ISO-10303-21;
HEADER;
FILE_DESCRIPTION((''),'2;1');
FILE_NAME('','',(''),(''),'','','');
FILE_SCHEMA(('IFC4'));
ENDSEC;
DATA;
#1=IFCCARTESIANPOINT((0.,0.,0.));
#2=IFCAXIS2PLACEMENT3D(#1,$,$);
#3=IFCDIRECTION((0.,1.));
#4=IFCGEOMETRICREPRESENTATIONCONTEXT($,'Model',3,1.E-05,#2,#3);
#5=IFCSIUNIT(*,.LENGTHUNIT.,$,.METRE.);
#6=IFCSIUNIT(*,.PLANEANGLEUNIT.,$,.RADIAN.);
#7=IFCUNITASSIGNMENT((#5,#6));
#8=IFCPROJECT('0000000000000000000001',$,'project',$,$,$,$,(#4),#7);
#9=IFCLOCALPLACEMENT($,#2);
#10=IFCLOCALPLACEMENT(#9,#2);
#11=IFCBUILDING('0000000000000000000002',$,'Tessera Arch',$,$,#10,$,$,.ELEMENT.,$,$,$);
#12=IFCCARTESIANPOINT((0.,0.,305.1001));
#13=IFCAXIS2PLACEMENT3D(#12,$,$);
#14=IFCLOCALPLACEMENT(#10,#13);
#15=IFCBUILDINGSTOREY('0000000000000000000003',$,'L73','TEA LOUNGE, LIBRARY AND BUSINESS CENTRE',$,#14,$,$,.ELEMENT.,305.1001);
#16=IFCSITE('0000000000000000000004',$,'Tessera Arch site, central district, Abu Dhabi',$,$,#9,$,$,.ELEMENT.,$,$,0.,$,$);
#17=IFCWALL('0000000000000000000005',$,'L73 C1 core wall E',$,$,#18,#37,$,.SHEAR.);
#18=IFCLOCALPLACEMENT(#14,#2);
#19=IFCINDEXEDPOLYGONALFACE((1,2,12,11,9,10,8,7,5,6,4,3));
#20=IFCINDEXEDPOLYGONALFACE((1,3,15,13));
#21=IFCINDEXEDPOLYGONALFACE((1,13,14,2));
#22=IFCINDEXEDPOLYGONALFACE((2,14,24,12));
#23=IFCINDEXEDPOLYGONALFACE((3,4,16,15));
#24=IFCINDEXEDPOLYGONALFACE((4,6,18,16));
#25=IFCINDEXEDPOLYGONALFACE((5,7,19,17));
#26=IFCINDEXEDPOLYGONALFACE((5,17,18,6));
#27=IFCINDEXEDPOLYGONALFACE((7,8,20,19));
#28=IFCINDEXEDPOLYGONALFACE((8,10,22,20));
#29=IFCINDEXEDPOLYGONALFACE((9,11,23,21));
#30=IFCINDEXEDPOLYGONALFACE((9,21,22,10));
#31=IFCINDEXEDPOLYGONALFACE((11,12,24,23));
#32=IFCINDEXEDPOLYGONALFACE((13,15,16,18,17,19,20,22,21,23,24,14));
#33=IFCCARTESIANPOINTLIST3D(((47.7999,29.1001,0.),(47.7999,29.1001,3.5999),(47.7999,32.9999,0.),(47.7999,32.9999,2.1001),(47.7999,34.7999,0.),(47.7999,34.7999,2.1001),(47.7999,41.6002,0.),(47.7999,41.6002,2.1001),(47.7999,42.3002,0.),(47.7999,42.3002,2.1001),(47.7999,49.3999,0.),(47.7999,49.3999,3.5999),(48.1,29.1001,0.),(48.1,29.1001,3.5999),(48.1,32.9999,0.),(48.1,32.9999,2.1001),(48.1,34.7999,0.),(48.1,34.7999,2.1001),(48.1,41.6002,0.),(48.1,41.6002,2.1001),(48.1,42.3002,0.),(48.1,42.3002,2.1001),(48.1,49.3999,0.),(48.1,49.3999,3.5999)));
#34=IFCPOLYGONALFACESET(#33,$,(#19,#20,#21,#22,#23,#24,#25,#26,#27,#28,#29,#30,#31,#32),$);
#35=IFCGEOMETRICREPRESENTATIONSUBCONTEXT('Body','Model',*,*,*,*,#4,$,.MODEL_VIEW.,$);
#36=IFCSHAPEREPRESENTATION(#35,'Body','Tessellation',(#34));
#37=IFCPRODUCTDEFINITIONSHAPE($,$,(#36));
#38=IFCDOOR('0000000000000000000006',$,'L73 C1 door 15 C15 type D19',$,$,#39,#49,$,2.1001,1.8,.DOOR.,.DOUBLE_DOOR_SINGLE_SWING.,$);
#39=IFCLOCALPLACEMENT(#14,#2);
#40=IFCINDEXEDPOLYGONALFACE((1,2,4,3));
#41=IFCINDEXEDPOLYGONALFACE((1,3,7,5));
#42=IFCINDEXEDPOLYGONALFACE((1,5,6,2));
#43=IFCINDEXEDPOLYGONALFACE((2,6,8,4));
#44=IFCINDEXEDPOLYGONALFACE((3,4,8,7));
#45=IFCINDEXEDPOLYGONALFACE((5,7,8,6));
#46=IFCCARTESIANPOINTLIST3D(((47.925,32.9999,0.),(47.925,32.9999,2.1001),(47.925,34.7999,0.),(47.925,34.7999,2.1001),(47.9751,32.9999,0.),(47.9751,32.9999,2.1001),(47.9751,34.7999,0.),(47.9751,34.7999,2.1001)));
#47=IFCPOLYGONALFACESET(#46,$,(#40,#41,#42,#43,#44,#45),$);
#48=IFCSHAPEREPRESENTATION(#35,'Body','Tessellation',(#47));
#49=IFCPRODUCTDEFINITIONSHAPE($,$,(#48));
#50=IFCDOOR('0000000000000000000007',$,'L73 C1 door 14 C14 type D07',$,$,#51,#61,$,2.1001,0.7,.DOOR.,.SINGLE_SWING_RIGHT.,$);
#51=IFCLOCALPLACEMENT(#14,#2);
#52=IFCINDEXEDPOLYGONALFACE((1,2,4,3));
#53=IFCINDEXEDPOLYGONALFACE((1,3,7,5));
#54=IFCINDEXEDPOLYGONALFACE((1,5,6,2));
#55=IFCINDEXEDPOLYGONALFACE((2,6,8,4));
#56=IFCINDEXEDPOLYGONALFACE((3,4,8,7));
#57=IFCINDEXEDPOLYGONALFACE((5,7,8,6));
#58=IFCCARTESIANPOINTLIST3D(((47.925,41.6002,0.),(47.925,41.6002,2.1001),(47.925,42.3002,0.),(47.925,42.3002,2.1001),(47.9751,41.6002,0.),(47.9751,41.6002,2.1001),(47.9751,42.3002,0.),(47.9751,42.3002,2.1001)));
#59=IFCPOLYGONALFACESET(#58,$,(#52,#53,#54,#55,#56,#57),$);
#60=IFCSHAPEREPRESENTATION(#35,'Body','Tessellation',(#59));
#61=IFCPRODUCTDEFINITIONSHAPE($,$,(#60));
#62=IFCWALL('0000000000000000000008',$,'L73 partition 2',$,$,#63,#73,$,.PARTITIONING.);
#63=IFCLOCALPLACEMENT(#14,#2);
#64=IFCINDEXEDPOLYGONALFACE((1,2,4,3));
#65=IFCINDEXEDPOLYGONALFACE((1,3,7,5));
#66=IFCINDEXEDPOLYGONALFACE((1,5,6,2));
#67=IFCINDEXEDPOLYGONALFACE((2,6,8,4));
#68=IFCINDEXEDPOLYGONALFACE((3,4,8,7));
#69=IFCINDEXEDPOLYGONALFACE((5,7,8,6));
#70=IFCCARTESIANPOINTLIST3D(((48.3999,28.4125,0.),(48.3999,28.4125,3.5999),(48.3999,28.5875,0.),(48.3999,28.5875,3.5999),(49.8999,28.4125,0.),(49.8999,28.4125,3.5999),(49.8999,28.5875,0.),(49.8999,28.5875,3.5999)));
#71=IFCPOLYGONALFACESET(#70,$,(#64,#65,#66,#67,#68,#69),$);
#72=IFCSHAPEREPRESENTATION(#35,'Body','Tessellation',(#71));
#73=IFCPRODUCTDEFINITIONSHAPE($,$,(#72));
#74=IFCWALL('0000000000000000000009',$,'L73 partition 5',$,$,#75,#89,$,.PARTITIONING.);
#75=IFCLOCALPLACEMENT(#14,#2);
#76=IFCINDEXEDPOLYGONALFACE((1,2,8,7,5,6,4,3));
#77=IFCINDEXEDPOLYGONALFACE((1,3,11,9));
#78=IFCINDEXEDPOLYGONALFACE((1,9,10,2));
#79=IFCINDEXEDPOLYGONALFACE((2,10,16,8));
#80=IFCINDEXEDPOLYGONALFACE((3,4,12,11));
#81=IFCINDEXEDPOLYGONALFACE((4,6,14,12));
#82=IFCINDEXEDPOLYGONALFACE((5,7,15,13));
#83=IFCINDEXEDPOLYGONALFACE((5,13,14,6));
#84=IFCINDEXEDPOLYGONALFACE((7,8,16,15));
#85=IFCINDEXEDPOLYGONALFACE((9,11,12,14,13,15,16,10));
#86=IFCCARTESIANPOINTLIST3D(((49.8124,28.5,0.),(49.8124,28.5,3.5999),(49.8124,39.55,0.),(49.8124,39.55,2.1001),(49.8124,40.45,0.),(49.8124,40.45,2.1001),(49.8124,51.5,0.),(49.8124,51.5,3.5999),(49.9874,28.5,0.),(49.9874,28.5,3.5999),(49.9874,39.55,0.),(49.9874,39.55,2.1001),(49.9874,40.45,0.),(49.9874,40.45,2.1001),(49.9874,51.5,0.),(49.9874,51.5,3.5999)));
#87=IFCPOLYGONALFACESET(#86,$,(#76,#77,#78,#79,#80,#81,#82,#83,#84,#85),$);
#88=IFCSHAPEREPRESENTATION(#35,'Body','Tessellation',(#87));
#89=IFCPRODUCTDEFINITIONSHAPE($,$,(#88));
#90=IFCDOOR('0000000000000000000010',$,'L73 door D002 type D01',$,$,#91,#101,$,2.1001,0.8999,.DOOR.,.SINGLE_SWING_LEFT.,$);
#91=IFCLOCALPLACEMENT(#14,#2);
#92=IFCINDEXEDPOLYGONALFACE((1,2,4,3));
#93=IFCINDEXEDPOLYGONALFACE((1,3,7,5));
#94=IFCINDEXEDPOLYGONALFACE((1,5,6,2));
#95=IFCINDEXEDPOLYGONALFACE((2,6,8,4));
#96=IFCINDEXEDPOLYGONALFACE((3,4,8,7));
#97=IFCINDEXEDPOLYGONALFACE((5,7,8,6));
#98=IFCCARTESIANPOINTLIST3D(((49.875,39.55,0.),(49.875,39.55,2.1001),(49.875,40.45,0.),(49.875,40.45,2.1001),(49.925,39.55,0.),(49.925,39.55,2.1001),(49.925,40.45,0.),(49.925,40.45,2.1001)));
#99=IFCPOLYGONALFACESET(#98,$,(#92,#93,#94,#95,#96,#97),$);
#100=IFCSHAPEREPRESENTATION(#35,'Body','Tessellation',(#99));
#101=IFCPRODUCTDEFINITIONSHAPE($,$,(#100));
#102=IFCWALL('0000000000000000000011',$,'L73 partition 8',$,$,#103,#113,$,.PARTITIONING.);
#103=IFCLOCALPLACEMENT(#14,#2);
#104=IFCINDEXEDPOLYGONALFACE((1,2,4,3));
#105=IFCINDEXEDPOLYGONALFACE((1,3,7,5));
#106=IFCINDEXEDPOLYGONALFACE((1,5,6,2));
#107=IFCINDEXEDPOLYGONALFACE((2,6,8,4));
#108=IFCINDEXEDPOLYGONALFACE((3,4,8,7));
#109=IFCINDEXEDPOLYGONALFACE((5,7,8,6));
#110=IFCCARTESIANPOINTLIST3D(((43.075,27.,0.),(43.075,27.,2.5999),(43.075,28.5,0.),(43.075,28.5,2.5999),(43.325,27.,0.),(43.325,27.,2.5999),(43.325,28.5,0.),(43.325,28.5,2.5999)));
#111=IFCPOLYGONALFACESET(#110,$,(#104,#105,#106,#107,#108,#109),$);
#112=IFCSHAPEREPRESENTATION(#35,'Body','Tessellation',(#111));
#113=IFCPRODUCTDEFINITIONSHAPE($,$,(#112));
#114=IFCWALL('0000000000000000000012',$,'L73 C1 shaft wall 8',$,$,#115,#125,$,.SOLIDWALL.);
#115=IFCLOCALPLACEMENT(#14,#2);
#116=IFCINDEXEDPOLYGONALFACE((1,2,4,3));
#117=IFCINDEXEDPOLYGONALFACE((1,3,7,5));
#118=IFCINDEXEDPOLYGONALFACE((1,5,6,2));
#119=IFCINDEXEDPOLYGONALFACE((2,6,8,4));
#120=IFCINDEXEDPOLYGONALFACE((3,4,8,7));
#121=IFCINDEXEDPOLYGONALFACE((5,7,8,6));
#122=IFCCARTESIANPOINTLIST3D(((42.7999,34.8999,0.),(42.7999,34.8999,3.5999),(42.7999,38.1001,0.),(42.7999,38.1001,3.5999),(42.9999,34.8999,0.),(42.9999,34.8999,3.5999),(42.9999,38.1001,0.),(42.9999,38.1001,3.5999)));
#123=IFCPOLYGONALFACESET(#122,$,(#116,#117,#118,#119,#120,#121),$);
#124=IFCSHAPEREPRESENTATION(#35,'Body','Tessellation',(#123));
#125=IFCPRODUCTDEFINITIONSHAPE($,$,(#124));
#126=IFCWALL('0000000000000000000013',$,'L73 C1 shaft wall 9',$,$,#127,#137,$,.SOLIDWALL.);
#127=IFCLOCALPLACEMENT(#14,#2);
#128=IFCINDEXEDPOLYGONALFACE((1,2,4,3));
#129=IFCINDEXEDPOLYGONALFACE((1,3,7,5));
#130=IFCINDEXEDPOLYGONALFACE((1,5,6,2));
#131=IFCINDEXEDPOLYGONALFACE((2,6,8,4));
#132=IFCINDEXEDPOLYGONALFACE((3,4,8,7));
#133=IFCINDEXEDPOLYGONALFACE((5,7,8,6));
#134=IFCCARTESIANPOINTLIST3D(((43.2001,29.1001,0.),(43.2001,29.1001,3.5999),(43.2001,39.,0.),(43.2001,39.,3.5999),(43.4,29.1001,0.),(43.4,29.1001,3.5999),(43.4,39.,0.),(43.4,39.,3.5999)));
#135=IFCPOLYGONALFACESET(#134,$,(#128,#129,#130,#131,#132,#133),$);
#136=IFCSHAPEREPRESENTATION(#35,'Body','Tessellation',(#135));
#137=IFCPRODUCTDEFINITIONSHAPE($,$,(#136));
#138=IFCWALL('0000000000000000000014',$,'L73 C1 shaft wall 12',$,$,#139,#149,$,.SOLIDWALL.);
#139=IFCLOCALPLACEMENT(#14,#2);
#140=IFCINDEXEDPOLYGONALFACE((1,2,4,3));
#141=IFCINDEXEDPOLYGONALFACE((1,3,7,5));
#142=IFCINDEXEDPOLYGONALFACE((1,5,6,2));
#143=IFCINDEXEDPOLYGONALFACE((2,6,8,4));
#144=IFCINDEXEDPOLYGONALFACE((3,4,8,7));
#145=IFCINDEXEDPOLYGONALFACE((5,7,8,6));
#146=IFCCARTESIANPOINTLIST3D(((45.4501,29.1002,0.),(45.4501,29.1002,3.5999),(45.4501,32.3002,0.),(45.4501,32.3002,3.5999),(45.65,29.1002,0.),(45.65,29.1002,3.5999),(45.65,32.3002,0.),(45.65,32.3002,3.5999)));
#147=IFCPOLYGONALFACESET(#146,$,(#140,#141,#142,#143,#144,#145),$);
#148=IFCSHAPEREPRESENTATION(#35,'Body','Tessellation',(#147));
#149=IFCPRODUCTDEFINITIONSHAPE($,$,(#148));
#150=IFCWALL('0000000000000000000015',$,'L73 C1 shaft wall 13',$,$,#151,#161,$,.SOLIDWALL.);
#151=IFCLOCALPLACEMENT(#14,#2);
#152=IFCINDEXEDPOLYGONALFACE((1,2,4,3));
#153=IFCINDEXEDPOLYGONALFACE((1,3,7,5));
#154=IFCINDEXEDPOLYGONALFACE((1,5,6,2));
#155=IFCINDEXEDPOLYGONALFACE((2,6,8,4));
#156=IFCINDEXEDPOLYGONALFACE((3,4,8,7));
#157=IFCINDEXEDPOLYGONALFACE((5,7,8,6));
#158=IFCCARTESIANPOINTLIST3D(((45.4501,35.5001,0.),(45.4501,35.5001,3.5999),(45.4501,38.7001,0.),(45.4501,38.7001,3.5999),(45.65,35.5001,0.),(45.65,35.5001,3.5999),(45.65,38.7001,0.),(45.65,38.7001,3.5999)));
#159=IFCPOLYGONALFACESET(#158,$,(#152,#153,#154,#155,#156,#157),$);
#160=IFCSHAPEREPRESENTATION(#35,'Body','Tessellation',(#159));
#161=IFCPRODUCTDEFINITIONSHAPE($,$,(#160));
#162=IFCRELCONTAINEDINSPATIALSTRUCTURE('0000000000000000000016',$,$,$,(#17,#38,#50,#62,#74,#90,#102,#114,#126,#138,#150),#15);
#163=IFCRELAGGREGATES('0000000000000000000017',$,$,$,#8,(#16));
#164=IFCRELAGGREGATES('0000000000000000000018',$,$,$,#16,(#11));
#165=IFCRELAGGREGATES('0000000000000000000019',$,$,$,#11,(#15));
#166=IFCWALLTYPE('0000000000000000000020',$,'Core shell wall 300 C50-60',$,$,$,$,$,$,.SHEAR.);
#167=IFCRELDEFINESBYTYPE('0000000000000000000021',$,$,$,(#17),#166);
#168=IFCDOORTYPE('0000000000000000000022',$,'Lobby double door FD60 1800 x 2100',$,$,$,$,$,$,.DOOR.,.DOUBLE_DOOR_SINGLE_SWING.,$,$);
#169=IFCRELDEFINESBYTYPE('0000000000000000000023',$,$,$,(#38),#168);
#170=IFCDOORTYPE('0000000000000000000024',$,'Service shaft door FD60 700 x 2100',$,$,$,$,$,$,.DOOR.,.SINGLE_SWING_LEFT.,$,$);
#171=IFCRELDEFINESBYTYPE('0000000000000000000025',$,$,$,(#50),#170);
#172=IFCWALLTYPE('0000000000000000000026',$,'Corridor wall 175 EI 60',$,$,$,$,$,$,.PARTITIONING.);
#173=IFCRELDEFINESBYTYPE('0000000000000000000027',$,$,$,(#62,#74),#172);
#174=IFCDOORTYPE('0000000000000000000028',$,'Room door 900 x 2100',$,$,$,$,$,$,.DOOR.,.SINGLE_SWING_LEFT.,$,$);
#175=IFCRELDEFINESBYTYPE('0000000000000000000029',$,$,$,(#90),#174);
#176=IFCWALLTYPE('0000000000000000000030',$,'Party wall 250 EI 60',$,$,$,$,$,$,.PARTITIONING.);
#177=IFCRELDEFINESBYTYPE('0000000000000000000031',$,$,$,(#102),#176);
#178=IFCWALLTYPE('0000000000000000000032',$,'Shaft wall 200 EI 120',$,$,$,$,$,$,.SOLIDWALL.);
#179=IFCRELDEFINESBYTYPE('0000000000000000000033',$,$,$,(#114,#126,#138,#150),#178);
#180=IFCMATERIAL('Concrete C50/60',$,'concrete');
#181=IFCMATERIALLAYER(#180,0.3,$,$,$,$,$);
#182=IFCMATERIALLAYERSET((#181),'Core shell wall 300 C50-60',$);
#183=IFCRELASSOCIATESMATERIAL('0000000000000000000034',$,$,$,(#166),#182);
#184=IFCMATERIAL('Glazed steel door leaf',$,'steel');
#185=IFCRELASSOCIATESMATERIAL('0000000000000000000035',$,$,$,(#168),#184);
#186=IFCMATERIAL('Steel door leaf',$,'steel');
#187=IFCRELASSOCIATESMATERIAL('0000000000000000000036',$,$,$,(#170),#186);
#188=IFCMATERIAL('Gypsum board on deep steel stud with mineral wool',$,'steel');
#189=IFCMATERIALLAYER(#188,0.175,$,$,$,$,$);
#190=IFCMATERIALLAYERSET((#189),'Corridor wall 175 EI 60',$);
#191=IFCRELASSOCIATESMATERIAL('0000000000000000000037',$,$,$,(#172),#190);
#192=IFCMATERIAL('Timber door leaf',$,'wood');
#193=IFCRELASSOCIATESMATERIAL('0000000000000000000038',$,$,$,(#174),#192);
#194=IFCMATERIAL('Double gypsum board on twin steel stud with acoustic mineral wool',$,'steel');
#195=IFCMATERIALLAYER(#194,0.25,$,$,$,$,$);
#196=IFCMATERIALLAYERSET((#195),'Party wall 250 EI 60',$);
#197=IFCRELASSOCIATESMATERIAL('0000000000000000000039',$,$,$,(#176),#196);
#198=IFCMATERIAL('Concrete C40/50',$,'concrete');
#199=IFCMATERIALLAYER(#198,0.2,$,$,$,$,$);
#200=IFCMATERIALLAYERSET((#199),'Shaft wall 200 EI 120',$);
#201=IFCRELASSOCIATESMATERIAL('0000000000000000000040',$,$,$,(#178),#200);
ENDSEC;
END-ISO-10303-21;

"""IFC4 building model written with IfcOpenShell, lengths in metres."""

from ifc_helpers import new_model, si_unit, direction, frame, frame_2d, origin, place, context, subcontext, project, spatial, rectangle, extrude, material, layer, layer_set, type_object, element, fill, save


model = new_model("IFC4")

# Units and contexts
model_context = context("Model", 3, precision=1e-05, world=origin(), true_north=direction((0.0, 1.0)))
body_context = subcontext(model_context, "Body", "Model", "MODEL_VIEW")
ifc_project = project(units=[si_unit("LENGTHUNIT", "METRE"), si_unit("PLANEANGLEUNIT", "RADIAN")], contexts=[model_context])

# Site, building, storey
site_placement = place(None, origin())
site = spatial("IfcSite", under=ifc_project, at=site_placement, Name="Tessera Arch site, central district, Abu Dhabi", CompositionType="ELEMENT", RefElevation=0.0)
building_placement = place(site_placement, origin())
building = spatial("IfcBuilding", under=site, at=building_placement, Name="Tessera Arch", CompositionType="ELEMENT")
storey_placement = place(building_placement, frame((0.0, 0.0, 305.1001)))
storey = spatial("IfcBuildingStorey", under=building, at=storey_placement, Name="L73", Description="TEA LOUNGE, LIBRARY AND BUSINESS CENTRE", CompositionType="ELEMENT", Elevation=305.1001)

# Wall, openings, doors
ifc_material_1 = material(Name="Concrete C50/60", Category="concrete")
ifc_layer_1 = layer(ifc_material_1, 0.3)
ifc_layer_set_1 = layer_set([ifc_layer_1], Name="Core shell wall 300 C50-60")
wall_type_1 = type_object("IfcWallType", Name="Core shell wall 300 C50-60", PredefinedType="SHEAR", material=ifc_layer_set_1)
wall_1_placement = place(storey_placement, frame((47.95, 29.1001, 0.0), z_axis=(0.0, 0.0, 1.0), x_axis=(0.0, 1.0, 0.0)))
wall_1 = element("IfcWall", 1, at=wall_1_placement, inside=storey, type_object=wall_type_1, Name="L73 C1 core wall E", PredefinedType="SHEAR", context=body_context, shape_type="SweptSolid", body=[
    extrude(rectangle(XDim=20.2998, YDim=0.3, at=frame_2d((10.1499, 0.0))), origin(), (0.0, 0.0, 1.0), 3.5999),
])
opening_1_placement = place(wall_1_placement, frame((12.5, 0.0, 0.0)))
opening_1 = element("IfcOpeningElement", 2, at=opening_1_placement, cuts=wall_1, PredefinedType="OPENING", context=body_context, shape_type="SweptSolid", body=[
    extrude(rectangle(XDim=0.7, YDim=2.1001, at=frame_2d((0.3501, 1.05))), frame((0.0, 0.1599, 0.0), z_axis=(0.0, -1.0, 0.0), x_axis=(1.0, 0.0, 0.0)), (0.0, 0.0, 1.0), 0.3201),
])
opening_2_placement = place(wall_1_placement, frame((3.8999, 0.0, 0.0)))
opening_2 = element("IfcOpeningElement", 3, at=opening_2_placement, cuts=wall_1, PredefinedType="OPENING", context=body_context, shape_type="SweptSolid", body=[
    extrude(rectangle(XDim=1.8, YDim=2.1001, at=frame_2d((0.8999, 1.05))), frame((0.0, 0.1599, 0.0), z_axis=(0.0, -1.0, 0.0), x_axis=(1.0, 0.0, 0.0)), (0.0, 0.0, 1.0), 0.3201),
])
ifc_material_2 = material(Name="Glazed steel door leaf", Category="steel")
door_type_1 = type_object("IfcDoorType", Name="Lobby double door FD60 1800 x 2100", OperationType="DOUBLE_DOOR_SINGLE_SWING", PredefinedType="DOOR", material=ifc_material_2)
door_1_placement = place(opening_2_placement, origin())
door_1 = element("IfcDoor", 4, at=door_1_placement, inside=storey, type_object=door_type_1, Name="L73 C1 door 15 C15 type D19", OperationType="DOUBLE_DOOR_SINGLE_SWING", OverallHeight=2.1001, OverallWidth=1.8, PredefinedType="DOOR", context=body_context, shape_type="SweptSolid", body=[
    extrude(rectangle(XDim=1.8, YDim=2.1001, at=frame_2d((0.8999, 1.05))), frame((0.0, 0.0249, 0.0), z_axis=(0.0, -1.0, 0.0), x_axis=(1.0, 0.0, 0.0)), (0.0, 0.0, 1.0), 0.05),
])
fill(opening_2, door_1)
ifc_material_3 = material(Name="Steel door leaf", Category="steel")
door_type_2 = type_object("IfcDoorType", Name="Service shaft door FD60 700 x 2100", OperationType="SINGLE_SWING_LEFT", PredefinedType="DOOR", material=ifc_material_3)
door_2_placement = place(opening_1_placement, origin())
door_2 = element("IfcDoor", 5, at=door_2_placement, inside=storey, type_object=door_type_2, Name="L73 C1 door 14 C14 type D07", OperationType="SINGLE_SWING_RIGHT", OverallHeight=2.1001, OverallWidth=0.7, PredefinedType="DOOR", context=body_context, shape_type="SweptSolid", body=[
    extrude(rectangle(XDim=0.7, YDim=2.1001, at=frame_2d((0.3501, 1.05))), frame((0.0, 0.0249, 0.0), z_axis=(0.0, -1.0, 0.0), x_axis=(1.0, 0.0, 0.0)), (0.0, 0.0, 1.0), 0.05),
])
fill(opening_1, door_2)

# Wall
ifc_material_4 = material(Name="Gypsum board on deep steel stud with mineral wool", Category="steel")
ifc_layer_2 = layer(ifc_material_4, 0.175)
ifc_layer_set_2 = layer_set([ifc_layer_2], Name="Corridor wall 175 EI 60")
wall_type_2 = type_object("IfcWallType", Name="Corridor wall 175 EI 60", PredefinedType="PARTITIONING", material=ifc_layer_set_2)
wall_2_placement = place(storey_placement, frame((48.3999, 28.5, 0.0), z_axis=(0.0, 0.0, 1.0), x_axis=(1.0, 0.0, 0.0)))
element("IfcWall", 6, at=wall_2_placement, inside=storey, type_object=wall_type_2, Name="L73 partition 2", PredefinedType="PARTITIONING", context=body_context, shape_type="SweptSolid", body=[
    extrude(rectangle(XDim=1.5, YDim=0.175, at=frame_2d((0.75, 0.0))), origin(), (0.0, 0.0, 1.0), 3.5999),
])

# Wall, opening, door
wall_3_placement = place(storey_placement, frame((49.8999, 28.5, 0.0), z_axis=(0.0, 0.0, 1.0), x_axis=(0.0, 1.0, 0.0)))
wall_3 = element("IfcWall", 7, at=wall_3_placement, inside=storey, type_object=wall_type_2, Name="L73 partition 5", PredefinedType="PARTITIONING", context=body_context, shape_type="SweptSolid", body=[
    extrude(rectangle(XDim=23.0, YDim=0.175, at=frame_2d((11.5, 0.0))), origin(), (0.0, 0.0, 1.0), 3.5999),
])
opening_3_placement = place(wall_3_placement, frame((11.05, 0.0, 0.0)))
opening_3 = element("IfcOpeningElement", 8, at=opening_3_placement, cuts=wall_3, PredefinedType="OPENING", context=body_context, shape_type="SweptSolid", body=[
    extrude(rectangle(XDim=0.8999, YDim=2.1001, at=frame_2d((0.45, 1.05))), frame((0.0, 0.0974, 0.0), z_axis=(0.0, -1.0, 0.0), x_axis=(1.0, 0.0, 0.0)), (0.0, 0.0, 1.0), 0.1951),
])
ifc_material_5 = material(Name="Timber door leaf", Category="wood")
door_type_3 = type_object("IfcDoorType", Name="Room door 900 x 2100", OperationType="SINGLE_SWING_LEFT", PredefinedType="DOOR", material=ifc_material_5)
door_3_placement = place(opening_3_placement, origin())
door_3 = element("IfcDoor", 9, at=door_3_placement, inside=storey, type_object=door_type_3, Name="L73 door D002 type D01", OperationType="SINGLE_SWING_LEFT", OverallHeight=2.1001, OverallWidth=0.8999, PredefinedType="DOOR", context=body_context, shape_type="SweptSolid", body=[
    extrude(rectangle(XDim=0.8999, YDim=2.1001, at=frame_2d((0.45, 1.05))), frame((0.0, 0.0249, 0.0), z_axis=(0.0, -1.0, 0.0), x_axis=(1.0, 0.0, 0.0)), (0.0, 0.0, 1.0), 0.05),
])
fill(opening_3, door_3)

# Walls
ifc_material_6 = material(Name="Double gypsum board on twin steel stud with acoustic mineral wool", Category="steel")
ifc_layer_3 = layer(ifc_material_6, 0.25)
ifc_layer_set_3 = layer_set([ifc_layer_3], Name="Party wall 250 EI 60")
wall_type_3 = type_object("IfcWallType", Name="Party wall 250 EI 60", PredefinedType="PARTITIONING", material=ifc_layer_set_3)
wall_4_placement = place(storey_placement, frame((43.2, 27.0, 0.0), z_axis=(0.0, 0.0, 1.0), x_axis=(0.0, 1.0, 0.0)))
element("IfcWall", 10, at=wall_4_placement, inside=storey, type_object=wall_type_3, Name="L73 partition 8", PredefinedType="PARTITIONING", context=body_context, shape_type="SweptSolid", body=[
    extrude(rectangle(XDim=1.5, YDim=0.25, at=frame_2d((0.75, 0.0))), origin(), (0.0, 0.0, 1.0), 2.5999),
])
ifc_material_7 = material(Name="Concrete C40/50", Category="concrete")
ifc_layer_4 = layer(ifc_material_7, 0.2)
ifc_layer_set_4 = layer_set([ifc_layer_4], Name="Shaft wall 200 EI 120")
wall_type_4 = type_object("IfcWallType", Name="Shaft wall 200 EI 120", PredefinedType="SOLIDWALL", material=ifc_layer_set_4)
wall_5_placement = place(storey_placement, frame((42.8999, 34.8999, 0.0), z_axis=(0.0, 0.0, 1.0), x_axis=(0.0, 1.0, 0.0)))
element("IfcWall", 11, at=wall_5_placement, inside=storey, type_object=wall_type_4, Name="L73 C1 shaft wall 8", PredefinedType="SOLIDWALL", context=body_context, shape_type="SweptSolid", body=[
    extrude(rectangle(XDim=3.2002, YDim=0.2, at=frame_2d((1.6001, 0.0))), origin(), (0.0, 0.0, 1.0), 3.5999),
])
wall_6_placement = place(storey_placement, frame((43.3, 29.1001, 0.0), z_axis=(0.0, 0.0, 1.0), x_axis=(0.0, 1.0, 0.0)))
element("IfcWall", 12, at=wall_6_placement, inside=storey, type_object=wall_type_4, Name="L73 C1 shaft wall 9", PredefinedType="SOLIDWALL", context=body_context, shape_type="SweptSolid", body=[
    extrude(rectangle(XDim=9.8999, YDim=0.2, at=frame_2d((4.95, 0.0))), origin(), (0.0, 0.0, 1.0), 3.5999),
])
for number, where, z_axis, x_axis, name in (
    (13, (45.55, 29.1001, 0.0), (0.0, 0.0, 1.0), (0.0, 1.0, 0.0), "L73 C1 shaft wall 12"),
    (14, (45.55, 35.5, 0.0), (0.0, 0.0, 1.0), (0.0, 1.0, 0.0), "L73 C1 shaft wall 13"),
):
    element("IfcWall", number, at=place(storey_placement, frame(where, z_axis=z_axis, x_axis=x_axis)), inside=storey, type_object=wall_type_4, Name=name, PredefinedType="SOLIDWALL", context=body_context, shape_type="SweptSolid", body=[
        extrude(rectangle(XDim=3.2, YDim=0.2, at=frame_2d((1.6001, 0.0))), origin(), (0.0, 0.0, 1.0), 3.5999),
    ])

save(model, "model.ifc")
